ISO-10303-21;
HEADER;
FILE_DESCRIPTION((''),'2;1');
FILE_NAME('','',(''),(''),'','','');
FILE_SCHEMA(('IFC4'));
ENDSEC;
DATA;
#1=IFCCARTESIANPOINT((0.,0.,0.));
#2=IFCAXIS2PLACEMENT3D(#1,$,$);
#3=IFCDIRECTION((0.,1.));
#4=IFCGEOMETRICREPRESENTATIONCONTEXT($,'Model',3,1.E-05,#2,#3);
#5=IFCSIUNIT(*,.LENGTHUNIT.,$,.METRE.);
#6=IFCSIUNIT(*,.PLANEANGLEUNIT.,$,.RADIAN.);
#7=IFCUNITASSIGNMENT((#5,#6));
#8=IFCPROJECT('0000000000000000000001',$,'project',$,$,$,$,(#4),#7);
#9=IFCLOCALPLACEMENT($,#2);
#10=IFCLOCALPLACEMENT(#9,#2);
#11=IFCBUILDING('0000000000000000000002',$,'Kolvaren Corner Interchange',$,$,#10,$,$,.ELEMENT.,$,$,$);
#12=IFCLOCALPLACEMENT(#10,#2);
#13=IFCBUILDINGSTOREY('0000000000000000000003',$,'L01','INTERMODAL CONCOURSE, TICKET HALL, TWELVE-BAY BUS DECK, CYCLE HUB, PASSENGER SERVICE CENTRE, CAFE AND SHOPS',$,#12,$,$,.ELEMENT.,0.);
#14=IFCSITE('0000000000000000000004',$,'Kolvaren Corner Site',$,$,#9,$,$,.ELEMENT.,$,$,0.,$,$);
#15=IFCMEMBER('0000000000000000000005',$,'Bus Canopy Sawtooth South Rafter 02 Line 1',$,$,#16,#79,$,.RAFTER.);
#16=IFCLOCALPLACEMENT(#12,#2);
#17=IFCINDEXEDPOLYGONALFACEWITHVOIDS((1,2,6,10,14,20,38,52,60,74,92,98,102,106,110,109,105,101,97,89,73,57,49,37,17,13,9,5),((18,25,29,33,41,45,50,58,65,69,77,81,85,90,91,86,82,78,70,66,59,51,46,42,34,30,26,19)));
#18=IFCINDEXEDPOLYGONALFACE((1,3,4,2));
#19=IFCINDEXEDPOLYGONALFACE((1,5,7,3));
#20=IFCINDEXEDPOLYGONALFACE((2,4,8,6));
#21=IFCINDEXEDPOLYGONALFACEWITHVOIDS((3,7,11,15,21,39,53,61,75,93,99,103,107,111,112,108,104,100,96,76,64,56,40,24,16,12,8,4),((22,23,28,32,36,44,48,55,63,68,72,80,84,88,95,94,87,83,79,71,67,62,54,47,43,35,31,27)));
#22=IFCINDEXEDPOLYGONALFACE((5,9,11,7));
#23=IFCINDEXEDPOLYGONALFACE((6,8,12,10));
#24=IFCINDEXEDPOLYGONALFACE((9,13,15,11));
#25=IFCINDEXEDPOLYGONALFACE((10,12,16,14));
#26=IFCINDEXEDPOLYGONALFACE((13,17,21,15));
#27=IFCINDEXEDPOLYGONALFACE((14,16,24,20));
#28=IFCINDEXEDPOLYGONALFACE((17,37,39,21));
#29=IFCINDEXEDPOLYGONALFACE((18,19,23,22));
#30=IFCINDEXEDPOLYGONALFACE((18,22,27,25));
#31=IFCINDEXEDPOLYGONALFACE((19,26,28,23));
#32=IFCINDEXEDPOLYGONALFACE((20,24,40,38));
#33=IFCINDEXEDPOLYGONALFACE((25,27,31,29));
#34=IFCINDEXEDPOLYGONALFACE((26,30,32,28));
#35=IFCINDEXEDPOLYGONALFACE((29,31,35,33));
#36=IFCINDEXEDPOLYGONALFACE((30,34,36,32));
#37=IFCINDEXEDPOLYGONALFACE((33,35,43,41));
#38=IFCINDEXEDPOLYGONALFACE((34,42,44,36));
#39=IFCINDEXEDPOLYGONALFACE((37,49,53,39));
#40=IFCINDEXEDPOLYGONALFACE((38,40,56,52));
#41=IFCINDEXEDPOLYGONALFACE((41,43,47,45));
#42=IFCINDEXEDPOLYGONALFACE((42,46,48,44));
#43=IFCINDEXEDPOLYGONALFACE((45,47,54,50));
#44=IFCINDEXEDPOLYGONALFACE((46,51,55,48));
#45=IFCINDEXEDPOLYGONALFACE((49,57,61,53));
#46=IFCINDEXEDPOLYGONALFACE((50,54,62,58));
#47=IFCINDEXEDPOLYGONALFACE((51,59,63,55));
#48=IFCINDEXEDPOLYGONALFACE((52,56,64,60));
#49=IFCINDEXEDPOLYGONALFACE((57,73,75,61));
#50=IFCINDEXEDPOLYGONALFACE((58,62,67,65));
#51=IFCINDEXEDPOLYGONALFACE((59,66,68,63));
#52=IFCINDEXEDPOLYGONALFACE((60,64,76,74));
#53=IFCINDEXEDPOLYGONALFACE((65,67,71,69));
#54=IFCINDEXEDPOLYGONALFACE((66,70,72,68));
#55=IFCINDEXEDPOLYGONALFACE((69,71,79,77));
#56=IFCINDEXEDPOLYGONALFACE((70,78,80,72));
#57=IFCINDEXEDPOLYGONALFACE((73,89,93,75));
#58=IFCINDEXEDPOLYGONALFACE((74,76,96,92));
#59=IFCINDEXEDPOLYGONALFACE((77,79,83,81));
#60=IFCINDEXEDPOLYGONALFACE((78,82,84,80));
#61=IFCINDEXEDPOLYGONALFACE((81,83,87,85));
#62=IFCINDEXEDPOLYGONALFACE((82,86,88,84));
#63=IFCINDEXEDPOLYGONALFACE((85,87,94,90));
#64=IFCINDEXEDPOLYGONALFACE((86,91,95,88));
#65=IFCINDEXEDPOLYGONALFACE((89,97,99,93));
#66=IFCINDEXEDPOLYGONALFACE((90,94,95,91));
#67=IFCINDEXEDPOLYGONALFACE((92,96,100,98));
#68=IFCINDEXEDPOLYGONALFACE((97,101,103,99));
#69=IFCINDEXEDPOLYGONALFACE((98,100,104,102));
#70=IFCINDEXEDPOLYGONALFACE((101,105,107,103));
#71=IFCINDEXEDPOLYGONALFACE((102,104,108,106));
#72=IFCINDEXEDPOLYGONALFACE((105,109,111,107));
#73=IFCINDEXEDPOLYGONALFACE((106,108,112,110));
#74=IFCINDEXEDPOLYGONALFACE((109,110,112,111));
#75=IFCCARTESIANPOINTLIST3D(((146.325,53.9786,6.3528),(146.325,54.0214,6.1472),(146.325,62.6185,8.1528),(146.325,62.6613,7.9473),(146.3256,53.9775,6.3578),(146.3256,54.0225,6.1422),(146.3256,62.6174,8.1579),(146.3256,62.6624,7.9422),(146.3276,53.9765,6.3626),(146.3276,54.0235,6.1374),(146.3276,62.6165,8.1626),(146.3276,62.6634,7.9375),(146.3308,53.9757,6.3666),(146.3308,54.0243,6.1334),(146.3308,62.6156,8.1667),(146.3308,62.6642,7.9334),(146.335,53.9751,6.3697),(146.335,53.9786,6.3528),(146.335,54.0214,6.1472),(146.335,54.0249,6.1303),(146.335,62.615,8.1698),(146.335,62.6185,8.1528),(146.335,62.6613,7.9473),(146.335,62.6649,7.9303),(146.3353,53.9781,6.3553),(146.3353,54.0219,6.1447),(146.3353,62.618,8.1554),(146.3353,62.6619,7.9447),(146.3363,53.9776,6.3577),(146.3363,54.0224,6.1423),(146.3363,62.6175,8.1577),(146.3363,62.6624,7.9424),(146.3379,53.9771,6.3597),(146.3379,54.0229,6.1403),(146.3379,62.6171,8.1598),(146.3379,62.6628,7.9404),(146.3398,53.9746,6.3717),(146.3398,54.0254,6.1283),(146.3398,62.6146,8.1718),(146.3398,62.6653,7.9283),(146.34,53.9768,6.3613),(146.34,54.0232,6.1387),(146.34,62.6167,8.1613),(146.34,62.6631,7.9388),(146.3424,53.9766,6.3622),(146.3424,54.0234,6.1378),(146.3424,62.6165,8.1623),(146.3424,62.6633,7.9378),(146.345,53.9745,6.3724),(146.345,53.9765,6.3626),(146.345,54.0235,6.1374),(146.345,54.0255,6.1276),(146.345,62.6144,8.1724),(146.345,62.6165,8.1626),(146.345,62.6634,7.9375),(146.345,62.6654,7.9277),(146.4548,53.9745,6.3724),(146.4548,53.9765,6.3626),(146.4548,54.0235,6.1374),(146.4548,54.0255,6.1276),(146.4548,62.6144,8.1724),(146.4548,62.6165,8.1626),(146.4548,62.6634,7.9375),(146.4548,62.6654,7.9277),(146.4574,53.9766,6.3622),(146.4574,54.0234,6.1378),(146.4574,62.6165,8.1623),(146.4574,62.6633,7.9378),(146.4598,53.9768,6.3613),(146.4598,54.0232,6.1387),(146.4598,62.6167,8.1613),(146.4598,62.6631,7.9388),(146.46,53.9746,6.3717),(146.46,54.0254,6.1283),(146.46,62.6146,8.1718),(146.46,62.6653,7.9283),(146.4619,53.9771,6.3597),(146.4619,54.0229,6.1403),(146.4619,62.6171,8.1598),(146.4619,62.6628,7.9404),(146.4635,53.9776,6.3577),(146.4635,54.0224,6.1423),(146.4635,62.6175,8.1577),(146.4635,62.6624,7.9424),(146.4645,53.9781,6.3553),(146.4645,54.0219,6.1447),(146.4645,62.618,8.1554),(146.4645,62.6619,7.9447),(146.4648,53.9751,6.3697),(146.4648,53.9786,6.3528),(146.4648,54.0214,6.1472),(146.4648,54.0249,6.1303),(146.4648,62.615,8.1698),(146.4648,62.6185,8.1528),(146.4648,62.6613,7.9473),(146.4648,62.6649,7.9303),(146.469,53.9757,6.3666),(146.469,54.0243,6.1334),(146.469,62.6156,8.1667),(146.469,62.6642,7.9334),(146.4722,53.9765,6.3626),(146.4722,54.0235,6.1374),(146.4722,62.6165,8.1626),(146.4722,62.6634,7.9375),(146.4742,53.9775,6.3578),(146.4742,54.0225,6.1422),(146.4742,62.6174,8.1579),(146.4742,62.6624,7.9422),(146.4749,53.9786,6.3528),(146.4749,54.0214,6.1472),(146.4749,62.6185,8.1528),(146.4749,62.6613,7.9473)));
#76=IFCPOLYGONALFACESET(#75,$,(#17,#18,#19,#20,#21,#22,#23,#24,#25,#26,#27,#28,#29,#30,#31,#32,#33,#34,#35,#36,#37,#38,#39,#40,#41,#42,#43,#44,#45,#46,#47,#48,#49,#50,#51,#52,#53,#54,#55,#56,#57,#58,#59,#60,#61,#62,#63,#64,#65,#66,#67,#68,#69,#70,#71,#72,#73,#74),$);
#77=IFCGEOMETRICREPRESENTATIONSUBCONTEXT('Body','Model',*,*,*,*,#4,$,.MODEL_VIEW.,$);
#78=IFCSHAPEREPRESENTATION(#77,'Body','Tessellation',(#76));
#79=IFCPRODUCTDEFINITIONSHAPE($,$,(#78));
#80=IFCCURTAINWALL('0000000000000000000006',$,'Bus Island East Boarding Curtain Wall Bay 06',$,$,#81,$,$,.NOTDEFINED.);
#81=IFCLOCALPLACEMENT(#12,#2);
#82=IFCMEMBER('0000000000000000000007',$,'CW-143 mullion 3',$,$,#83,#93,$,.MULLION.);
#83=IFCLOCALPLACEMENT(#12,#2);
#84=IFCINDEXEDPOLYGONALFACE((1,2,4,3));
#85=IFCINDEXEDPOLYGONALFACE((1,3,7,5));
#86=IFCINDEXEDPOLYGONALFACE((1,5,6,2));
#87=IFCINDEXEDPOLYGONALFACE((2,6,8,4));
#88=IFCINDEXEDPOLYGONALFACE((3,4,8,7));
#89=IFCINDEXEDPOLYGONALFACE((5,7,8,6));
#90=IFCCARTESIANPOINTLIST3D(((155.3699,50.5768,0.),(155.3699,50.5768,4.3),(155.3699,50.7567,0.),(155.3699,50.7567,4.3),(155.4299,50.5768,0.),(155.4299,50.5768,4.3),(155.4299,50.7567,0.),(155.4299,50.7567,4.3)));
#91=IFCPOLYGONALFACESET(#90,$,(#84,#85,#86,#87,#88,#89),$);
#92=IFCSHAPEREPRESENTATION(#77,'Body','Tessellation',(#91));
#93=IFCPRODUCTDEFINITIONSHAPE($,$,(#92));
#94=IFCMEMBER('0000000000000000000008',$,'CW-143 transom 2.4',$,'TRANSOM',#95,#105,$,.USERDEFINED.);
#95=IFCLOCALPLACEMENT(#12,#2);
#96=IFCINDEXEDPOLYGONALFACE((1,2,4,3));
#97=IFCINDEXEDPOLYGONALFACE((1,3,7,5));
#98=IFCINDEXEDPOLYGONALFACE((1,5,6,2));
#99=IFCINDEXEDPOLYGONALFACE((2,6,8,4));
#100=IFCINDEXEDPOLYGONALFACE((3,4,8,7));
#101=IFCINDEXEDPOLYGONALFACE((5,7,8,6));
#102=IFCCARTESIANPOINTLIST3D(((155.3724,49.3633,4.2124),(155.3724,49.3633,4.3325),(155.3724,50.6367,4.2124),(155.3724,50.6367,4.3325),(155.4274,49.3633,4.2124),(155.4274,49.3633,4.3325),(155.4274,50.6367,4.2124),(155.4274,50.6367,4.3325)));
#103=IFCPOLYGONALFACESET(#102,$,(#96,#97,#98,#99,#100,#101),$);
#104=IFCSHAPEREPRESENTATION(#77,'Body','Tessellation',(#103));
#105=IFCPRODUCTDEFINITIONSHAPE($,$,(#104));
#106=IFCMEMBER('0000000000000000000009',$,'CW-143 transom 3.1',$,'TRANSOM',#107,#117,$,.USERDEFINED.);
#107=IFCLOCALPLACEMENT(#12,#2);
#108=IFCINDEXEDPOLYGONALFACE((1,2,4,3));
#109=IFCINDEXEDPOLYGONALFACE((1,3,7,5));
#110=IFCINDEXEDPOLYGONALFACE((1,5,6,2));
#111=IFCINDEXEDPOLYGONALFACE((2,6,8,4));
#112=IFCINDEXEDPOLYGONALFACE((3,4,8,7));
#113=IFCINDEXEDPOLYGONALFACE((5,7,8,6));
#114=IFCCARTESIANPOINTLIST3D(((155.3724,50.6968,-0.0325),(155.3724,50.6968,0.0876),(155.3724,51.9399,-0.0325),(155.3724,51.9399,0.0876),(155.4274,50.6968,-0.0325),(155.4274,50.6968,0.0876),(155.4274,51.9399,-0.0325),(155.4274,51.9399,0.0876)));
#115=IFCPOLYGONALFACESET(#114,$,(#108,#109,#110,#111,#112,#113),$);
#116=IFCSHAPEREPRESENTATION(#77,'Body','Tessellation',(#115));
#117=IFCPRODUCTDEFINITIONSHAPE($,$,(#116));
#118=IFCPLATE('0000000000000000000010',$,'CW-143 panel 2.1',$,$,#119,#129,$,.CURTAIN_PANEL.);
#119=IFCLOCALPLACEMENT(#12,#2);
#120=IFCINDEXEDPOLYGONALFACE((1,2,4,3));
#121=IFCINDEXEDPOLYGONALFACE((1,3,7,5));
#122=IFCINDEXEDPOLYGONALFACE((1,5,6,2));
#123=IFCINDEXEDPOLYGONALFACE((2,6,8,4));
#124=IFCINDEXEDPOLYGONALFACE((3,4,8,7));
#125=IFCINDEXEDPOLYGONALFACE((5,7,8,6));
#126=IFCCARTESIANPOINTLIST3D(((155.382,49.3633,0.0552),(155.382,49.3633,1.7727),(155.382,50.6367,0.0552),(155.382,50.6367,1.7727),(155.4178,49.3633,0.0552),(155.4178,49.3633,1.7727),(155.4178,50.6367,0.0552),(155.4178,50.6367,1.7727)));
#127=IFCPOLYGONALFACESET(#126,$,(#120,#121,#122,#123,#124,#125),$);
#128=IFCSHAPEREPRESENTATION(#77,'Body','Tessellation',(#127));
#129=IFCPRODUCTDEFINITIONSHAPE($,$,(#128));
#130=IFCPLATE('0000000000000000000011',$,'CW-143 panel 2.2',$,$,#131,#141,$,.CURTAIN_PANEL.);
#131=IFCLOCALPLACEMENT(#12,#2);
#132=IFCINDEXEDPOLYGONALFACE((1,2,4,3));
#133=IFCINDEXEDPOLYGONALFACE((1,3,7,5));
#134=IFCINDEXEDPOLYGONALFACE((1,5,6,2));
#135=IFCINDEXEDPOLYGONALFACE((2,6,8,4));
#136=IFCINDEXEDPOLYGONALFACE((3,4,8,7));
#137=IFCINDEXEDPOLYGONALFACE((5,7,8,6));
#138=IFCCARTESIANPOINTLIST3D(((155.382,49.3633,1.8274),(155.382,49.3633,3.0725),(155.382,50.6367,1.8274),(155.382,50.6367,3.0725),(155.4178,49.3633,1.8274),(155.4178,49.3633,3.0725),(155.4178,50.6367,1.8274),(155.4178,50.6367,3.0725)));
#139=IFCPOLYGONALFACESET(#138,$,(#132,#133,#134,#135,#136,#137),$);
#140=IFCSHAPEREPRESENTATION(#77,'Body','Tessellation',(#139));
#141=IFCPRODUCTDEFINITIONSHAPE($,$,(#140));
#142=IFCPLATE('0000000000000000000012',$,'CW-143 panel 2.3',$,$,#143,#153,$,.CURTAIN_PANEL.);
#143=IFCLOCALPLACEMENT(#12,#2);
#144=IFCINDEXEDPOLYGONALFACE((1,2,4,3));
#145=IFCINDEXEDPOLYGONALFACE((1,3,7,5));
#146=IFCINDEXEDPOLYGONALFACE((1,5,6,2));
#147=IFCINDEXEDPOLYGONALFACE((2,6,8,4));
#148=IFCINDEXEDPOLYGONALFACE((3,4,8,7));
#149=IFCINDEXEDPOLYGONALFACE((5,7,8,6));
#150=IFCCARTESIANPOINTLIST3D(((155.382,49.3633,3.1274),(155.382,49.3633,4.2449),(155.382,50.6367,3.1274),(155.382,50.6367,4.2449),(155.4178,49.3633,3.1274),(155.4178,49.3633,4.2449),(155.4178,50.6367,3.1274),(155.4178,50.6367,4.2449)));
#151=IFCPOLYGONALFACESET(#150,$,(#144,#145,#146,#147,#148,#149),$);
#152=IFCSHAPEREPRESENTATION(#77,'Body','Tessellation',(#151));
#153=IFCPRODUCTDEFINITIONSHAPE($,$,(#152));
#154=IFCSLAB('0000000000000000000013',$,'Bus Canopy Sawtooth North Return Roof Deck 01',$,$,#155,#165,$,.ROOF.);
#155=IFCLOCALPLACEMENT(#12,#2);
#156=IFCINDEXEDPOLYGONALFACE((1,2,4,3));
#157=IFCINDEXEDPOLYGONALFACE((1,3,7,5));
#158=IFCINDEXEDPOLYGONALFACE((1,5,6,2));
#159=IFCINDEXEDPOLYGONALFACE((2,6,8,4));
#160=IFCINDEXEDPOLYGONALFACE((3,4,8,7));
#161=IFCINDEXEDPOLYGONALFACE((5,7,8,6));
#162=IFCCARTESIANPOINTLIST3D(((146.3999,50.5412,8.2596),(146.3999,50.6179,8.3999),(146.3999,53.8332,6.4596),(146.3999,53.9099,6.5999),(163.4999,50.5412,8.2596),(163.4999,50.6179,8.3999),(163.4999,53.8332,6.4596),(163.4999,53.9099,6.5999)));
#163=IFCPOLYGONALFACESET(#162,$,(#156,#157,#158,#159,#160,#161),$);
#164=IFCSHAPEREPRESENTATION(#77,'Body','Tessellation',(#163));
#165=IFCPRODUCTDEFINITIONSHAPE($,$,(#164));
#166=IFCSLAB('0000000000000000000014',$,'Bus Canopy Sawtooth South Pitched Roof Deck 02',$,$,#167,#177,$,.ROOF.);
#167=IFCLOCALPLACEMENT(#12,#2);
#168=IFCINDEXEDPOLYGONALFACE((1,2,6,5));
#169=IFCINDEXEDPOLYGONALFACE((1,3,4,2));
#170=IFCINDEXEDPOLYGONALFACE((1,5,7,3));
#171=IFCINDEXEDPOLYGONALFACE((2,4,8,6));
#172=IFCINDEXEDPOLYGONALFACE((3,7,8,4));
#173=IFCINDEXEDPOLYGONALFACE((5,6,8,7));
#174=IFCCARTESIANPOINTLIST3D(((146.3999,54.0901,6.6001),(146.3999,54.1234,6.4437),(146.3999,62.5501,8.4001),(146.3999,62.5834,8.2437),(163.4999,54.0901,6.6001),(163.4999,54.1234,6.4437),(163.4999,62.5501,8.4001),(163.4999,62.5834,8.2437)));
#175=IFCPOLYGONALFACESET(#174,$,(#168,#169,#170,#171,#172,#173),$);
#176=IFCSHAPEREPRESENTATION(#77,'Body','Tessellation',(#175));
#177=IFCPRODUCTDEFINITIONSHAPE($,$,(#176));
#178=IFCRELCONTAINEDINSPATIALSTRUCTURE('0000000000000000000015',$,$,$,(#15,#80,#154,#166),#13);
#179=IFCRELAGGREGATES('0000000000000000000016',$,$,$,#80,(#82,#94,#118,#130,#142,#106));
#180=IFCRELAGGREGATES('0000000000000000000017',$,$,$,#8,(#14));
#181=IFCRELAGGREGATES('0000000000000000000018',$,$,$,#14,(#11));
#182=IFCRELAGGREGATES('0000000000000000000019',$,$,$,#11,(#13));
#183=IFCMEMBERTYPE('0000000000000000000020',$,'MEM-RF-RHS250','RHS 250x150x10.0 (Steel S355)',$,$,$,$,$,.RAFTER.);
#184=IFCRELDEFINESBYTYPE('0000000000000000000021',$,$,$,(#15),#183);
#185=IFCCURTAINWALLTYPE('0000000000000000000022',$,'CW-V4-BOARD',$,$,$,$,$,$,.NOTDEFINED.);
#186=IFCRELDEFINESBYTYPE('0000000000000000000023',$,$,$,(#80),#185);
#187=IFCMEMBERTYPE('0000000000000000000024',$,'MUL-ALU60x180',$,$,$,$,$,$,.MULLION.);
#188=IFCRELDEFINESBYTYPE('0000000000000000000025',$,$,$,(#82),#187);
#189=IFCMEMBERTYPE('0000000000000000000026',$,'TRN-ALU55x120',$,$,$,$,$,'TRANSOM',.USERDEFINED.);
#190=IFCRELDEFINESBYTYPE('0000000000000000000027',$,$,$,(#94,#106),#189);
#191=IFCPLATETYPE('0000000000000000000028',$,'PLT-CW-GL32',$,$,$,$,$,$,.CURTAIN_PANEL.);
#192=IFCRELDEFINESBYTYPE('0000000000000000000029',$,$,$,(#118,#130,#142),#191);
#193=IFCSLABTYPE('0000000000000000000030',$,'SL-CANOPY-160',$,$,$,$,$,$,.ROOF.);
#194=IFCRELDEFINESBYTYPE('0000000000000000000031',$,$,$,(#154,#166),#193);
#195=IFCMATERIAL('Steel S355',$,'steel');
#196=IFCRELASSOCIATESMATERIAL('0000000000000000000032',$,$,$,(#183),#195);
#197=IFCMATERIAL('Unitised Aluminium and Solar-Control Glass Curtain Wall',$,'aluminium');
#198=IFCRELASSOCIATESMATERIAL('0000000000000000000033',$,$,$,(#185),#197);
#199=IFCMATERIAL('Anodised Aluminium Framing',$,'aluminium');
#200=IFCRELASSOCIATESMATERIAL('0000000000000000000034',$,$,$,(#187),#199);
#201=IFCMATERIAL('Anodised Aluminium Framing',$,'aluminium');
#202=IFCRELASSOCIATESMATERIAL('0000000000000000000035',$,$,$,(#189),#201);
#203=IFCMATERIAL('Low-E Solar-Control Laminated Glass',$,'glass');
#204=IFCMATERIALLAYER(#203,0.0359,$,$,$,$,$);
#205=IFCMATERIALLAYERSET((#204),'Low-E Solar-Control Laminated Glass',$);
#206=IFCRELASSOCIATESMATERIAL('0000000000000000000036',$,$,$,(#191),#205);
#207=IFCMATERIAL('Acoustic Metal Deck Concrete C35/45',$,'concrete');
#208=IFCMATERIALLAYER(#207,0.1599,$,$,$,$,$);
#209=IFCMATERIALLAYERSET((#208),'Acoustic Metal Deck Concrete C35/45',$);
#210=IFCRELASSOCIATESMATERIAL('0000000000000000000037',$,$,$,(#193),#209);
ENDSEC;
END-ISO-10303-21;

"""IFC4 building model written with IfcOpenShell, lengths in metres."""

from ifc_helpers import new_model, si_unit, direction, frame, origin, origin_2d, place, context, subcontext, project, spatial, polyline, rectangle, hollow_rectangle, outline, extrude, material, layer, layer_set, material_profile, profile_set, type_object, element, aggregate, save


model = new_model("IFC4")

# Units and contexts
model_context = context("Model", 3, precision=1e-05, world=origin(), true_north=direction((0.0, 1.0)))
body_context = subcontext(model_context, "Body", "Model", "MODEL_VIEW")
ifc_project = project(units=[si_unit("LENGTHUNIT", "METRE"), si_unit("PLANEANGLEUNIT", "RADIAN")], contexts=[model_context])

# Site, building, storey
site_placement = place(None, origin())
site = spatial("IfcSite", under=ifc_project, at=site_placement, Name="Kolvaren Corner Site", CompositionType="ELEMENT", RefElevation=0.0)
building_placement = place(site_placement, origin())
building = spatial("IfcBuilding", under=site, at=building_placement, Name="Kolvaren Corner Interchange", CompositionType="ELEMENT")
storey_placement = place(building_placement, origin())
storey = spatial("IfcBuildingStorey", under=building, at=storey_placement, Name="L01", Description="INTERMODAL CONCOURSE, TICKET HALL, TWELVE-BAY BUS DECK, CYCLE HUB, PASSENGER SERVICE CENTRE, CAFE AND SHOPS", CompositionType="ELEMENT", Elevation=0.0)

# Member
ifc_material_1 = material(Name="Steel S355", Category="steel")
ifc_material_profile_1 = material_profile(ifc_material_1, hollow_rectangle(XDim=0.1499, YDim=0.25, WallThickness=0.01, InnerFilletRadius=0.01, OuterFilletRadius=0.02, at=origin_2d()), Name="RHS 250x150x10.0")
ifc_profile_set_1 = profile_set([ifc_material_profile_1], Name="Steel S355")
member_type_1 = type_object("IfcMemberType", Name="MEM-RF-RHS250", Description="RHS 250x150x10.0 (Steel S355)", PredefinedType="RAFTER", material=ifc_profile_set_1)
member_1_placement = place(storey_placement, frame((146.3999, 54.0, 6.25), z_axis=(0.0, 0.978979, 0.203962), x_axis=(-1.0, 0.0, 0.0)))
element("IfcMember", 1, at=member_1_placement, inside=storey, type_object=member_type_1, Name="Bus Canopy Sawtooth South Rafter 02 Line 1", PredefinedType="RAFTER", context=body_context, shape_type="SweptSolid", body=[
    extrude(hollow_rectangle(XDim=0.1499, YDim=0.25, WallThickness=0.01, InnerFilletRadius=0.01, OuterFilletRadius=0.02, at=origin_2d()), origin(), (0.0, 0.0, 1.0), 8.8254),
])

# Curtain wall, members, plates
ifc_material_2 = material(Name="Unitised Aluminium and Solar-Control Glass Curtain Wall", Category="aluminium")
curtain_wall_type = type_object("IfcCurtainWallType", Name="CW-V4-BOARD", PredefinedType="NOTDEFINED", material=ifc_material_2)
curtain_wall_placement = place(storey_placement, origin())
curtain_wall = element("IfcCurtainWall", 2, at=curtain_wall_placement, inside=storey, type_object=curtain_wall_type, Name="Bus Island East Boarding Curtain Wall Bay 06", PredefinedType="NOTDEFINED")
ifc_material_3 = material(Name="Anodised Aluminium Framing", Category="aluminium")
ifc_material_profile_2 = material_profile(ifc_material_3, rectangle(XDim=0.0601, YDim=0.1799, at=origin_2d()), Name="ALU 60x180")
ifc_profile_set_2 = profile_set([ifc_material_profile_2], Name="Anodised Aluminium Framing")
member_type_2 = type_object("IfcMemberType", Name="MUL-ALU60x180", PredefinedType="MULLION", material=ifc_profile_set_2)
member_2_placement = place(storey_placement, frame((155.3999, 50.6667, 0.0), z_axis=(0.0, 0.0, 1.0), x_axis=(-1.0, 0.0, 0.0)))
member_2 = element("IfcMember", 3, at=member_2_placement, type_object=member_type_2, Name="CW-143 mullion 3", PredefinedType="MULLION", context=body_context, shape_type="SweptSolid", body=[
    extrude(rectangle(XDim=0.0601, YDim=0.1799, at=origin_2d()), origin(), (0.0, 0.0, 1.0), 4.3),
])
ifc_material_4 = material(Name="Anodised Aluminium Framing", Category="aluminium")
ifc_material_profile_3 = material_profile(ifc_material_4, rectangle(XDim=0.0549, YDim=0.1201, at=origin_2d()), Name="ALU 55x120")
ifc_profile_set_3 = profile_set([ifc_material_profile_3], Name="Anodised Aluminium Framing")
member_type_3 = type_object("IfcMemberType", Name="TRN-ALU55x120", ElementType="TRANSOM", PredefinedType="USERDEFINED", material=ifc_profile_set_3)
member_3_placement = place(storey_placement, frame((155.3999, 49.3633, 4.2725), z_axis=(0.0, 1.0, 0.0), x_axis=(-1.0, 0.0, 0.0)))
member_3 = element("IfcMember", 4, at=member_3_placement, type_object=member_type_3, Name="CW-143 transom 2.4", ObjectType="TRANSOM", PredefinedType="USERDEFINED", context=body_context, shape_type="SweptSolid", body=[
    extrude(rectangle(XDim=0.0549, YDim=0.1201, at=origin_2d()), origin(), (0.0, 0.0, 1.0), 1.2734),
])
member_4_placement = place(storey_placement, frame((155.3999, 50.6968, 0.0276), z_axis=(0.0, 1.0, 0.0), x_axis=(-1.0, 0.0, 0.0)))
member_4 = element("IfcMember", 5, at=member_4_placement, type_object=member_type_3, Name="CW-143 transom 3.1", ObjectType="TRANSOM", PredefinedType="USERDEFINED", context=body_context, shape_type="SweptSolid", body=[
    extrude(rectangle(XDim=0.0549, YDim=0.1201, at=origin_2d()), origin(), (0.0, 0.0, 1.0), 1.2432),
])
ifc_material_5 = material(Name="Low-E Solar-Control Laminated Glass", Category="glass")
ifc_layer_1 = layer(ifc_material_5, 0.0359)
ifc_layer_set_1 = layer_set([ifc_layer_1], Name="Low-E Solar-Control Laminated Glass")
plate_type = type_object("IfcPlateType", Name="PLT-CW-GL32", PredefinedType="CURTAIN_PANEL", material=ifc_layer_set_1)
plate_1_placement = place(storey_placement, frame((155.3999, 50.0, 0.0552), z_axis=(0.0, 0.0, 1.0), x_axis=(0.0, 1.0, 0.0)))
plate_1 = element("IfcPlate", 6, at=plate_1_placement, type_object=plate_type, Name="CW-143 panel 2.1", PredefinedType="CURTAIN_PANEL", context=body_context, shape_type="SweptSolid", body=[
    extrude(rectangle(XDim=1.2734, YDim=0.0359, at=origin_2d()), origin(), (0.0, 0.0, 1.0), 1.7175),
])
plate_2_placement = place(storey_placement, frame((155.3999, 50.0, 1.8274), z_axis=(0.0, 0.0, 1.0), x_axis=(0.0, 1.0, 0.0)))
plate_2 = element("IfcPlate", 7, at=plate_2_placement, type_object=plate_type, Name="CW-143 panel 2.2", PredefinedType="CURTAIN_PANEL", context=body_context, shape_type="SweptSolid", body=[
    extrude(rectangle(XDim=1.2734, YDim=0.0359, at=origin_2d()), origin(), (0.0, 0.0, 1.0), 1.2451),
])
plate_3_placement = place(storey_placement, frame((155.3999, 50.0, 3.1274), z_axis=(0.0, 0.0, 1.0), x_axis=(0.0, 1.0, 0.0)))
plate_3 = element("IfcPlate", 8, at=plate_3_placement, type_object=plate_type, Name="CW-143 panel 2.3", PredefinedType="CURTAIN_PANEL", context=body_context, shape_type="SweptSolid", body=[
    extrude(rectangle(XDim=1.2734, YDim=0.0359, at=origin_2d()), origin(), (0.0, 0.0, 1.0), 1.1174),
])
aggregate(curtain_wall, [member_2, member_3, plate_1, plate_2, plate_3, member_4])

# Slabs
ifc_material_6 = material(Name="Acoustic Metal Deck Concrete C35/45", Category="concrete")
ifc_layer_2 = layer(ifc_material_6, 0.1599)
ifc_layer_set_2 = layer_set([ifc_layer_2], Name="Acoustic Metal Deck Concrete C35/45")
slab_type = type_object("IfcSlabType", Name="SL-CANOPY-160", PredefinedType="ROOF", material=ifc_layer_set_2)
slab_1_placement = place(storey_placement, frame((146.3999, 50.6179, 8.3999), z_axis=(0.0, 0.479748, 0.877406), x_axis=(1.0, 0.0, 0.0)))
element("IfcSlab", 9, at=slab_1_placement, inside=storey, type_object=slab_type, Name="Bus Canopy Sawtooth North Return Roof Deck 01", PredefinedType="ROOF", context=body_context, shape_type="SweptSolid", body=[
    extrude(outline(polyline([(0.0, 0.0), (17.1, 0.0), (17.1, 3.752), (0.0, 3.752), (0.0, 0.0)])), origin(), (0.0, 0.0, -1.0), 0.1599),
])
slab_2_placement = place(storey_placement, frame((146.3999, 54.0901, 6.6001), z_axis=(0.0, -0.208108, 0.978106), x_axis=(1.0, 0.0, 0.0)))
element("IfcSlab", 10, at=slab_2_placement, inside=storey, type_object=slab_type, Name="Bus Canopy Sawtooth South Pitched Roof Deck 02", PredefinedType="ROOF", context=body_context, shape_type="SweptSolid", body=[
    extrude(outline(polyline([(0.0, 0.0), (17.1, 0.0), (17.1, 8.6494), (0.0, 8.6494), (0.0, 0.0)])), origin(), (0.0, 0.0, -1.0), 0.1599),
])

save(model, "model.ifc")
